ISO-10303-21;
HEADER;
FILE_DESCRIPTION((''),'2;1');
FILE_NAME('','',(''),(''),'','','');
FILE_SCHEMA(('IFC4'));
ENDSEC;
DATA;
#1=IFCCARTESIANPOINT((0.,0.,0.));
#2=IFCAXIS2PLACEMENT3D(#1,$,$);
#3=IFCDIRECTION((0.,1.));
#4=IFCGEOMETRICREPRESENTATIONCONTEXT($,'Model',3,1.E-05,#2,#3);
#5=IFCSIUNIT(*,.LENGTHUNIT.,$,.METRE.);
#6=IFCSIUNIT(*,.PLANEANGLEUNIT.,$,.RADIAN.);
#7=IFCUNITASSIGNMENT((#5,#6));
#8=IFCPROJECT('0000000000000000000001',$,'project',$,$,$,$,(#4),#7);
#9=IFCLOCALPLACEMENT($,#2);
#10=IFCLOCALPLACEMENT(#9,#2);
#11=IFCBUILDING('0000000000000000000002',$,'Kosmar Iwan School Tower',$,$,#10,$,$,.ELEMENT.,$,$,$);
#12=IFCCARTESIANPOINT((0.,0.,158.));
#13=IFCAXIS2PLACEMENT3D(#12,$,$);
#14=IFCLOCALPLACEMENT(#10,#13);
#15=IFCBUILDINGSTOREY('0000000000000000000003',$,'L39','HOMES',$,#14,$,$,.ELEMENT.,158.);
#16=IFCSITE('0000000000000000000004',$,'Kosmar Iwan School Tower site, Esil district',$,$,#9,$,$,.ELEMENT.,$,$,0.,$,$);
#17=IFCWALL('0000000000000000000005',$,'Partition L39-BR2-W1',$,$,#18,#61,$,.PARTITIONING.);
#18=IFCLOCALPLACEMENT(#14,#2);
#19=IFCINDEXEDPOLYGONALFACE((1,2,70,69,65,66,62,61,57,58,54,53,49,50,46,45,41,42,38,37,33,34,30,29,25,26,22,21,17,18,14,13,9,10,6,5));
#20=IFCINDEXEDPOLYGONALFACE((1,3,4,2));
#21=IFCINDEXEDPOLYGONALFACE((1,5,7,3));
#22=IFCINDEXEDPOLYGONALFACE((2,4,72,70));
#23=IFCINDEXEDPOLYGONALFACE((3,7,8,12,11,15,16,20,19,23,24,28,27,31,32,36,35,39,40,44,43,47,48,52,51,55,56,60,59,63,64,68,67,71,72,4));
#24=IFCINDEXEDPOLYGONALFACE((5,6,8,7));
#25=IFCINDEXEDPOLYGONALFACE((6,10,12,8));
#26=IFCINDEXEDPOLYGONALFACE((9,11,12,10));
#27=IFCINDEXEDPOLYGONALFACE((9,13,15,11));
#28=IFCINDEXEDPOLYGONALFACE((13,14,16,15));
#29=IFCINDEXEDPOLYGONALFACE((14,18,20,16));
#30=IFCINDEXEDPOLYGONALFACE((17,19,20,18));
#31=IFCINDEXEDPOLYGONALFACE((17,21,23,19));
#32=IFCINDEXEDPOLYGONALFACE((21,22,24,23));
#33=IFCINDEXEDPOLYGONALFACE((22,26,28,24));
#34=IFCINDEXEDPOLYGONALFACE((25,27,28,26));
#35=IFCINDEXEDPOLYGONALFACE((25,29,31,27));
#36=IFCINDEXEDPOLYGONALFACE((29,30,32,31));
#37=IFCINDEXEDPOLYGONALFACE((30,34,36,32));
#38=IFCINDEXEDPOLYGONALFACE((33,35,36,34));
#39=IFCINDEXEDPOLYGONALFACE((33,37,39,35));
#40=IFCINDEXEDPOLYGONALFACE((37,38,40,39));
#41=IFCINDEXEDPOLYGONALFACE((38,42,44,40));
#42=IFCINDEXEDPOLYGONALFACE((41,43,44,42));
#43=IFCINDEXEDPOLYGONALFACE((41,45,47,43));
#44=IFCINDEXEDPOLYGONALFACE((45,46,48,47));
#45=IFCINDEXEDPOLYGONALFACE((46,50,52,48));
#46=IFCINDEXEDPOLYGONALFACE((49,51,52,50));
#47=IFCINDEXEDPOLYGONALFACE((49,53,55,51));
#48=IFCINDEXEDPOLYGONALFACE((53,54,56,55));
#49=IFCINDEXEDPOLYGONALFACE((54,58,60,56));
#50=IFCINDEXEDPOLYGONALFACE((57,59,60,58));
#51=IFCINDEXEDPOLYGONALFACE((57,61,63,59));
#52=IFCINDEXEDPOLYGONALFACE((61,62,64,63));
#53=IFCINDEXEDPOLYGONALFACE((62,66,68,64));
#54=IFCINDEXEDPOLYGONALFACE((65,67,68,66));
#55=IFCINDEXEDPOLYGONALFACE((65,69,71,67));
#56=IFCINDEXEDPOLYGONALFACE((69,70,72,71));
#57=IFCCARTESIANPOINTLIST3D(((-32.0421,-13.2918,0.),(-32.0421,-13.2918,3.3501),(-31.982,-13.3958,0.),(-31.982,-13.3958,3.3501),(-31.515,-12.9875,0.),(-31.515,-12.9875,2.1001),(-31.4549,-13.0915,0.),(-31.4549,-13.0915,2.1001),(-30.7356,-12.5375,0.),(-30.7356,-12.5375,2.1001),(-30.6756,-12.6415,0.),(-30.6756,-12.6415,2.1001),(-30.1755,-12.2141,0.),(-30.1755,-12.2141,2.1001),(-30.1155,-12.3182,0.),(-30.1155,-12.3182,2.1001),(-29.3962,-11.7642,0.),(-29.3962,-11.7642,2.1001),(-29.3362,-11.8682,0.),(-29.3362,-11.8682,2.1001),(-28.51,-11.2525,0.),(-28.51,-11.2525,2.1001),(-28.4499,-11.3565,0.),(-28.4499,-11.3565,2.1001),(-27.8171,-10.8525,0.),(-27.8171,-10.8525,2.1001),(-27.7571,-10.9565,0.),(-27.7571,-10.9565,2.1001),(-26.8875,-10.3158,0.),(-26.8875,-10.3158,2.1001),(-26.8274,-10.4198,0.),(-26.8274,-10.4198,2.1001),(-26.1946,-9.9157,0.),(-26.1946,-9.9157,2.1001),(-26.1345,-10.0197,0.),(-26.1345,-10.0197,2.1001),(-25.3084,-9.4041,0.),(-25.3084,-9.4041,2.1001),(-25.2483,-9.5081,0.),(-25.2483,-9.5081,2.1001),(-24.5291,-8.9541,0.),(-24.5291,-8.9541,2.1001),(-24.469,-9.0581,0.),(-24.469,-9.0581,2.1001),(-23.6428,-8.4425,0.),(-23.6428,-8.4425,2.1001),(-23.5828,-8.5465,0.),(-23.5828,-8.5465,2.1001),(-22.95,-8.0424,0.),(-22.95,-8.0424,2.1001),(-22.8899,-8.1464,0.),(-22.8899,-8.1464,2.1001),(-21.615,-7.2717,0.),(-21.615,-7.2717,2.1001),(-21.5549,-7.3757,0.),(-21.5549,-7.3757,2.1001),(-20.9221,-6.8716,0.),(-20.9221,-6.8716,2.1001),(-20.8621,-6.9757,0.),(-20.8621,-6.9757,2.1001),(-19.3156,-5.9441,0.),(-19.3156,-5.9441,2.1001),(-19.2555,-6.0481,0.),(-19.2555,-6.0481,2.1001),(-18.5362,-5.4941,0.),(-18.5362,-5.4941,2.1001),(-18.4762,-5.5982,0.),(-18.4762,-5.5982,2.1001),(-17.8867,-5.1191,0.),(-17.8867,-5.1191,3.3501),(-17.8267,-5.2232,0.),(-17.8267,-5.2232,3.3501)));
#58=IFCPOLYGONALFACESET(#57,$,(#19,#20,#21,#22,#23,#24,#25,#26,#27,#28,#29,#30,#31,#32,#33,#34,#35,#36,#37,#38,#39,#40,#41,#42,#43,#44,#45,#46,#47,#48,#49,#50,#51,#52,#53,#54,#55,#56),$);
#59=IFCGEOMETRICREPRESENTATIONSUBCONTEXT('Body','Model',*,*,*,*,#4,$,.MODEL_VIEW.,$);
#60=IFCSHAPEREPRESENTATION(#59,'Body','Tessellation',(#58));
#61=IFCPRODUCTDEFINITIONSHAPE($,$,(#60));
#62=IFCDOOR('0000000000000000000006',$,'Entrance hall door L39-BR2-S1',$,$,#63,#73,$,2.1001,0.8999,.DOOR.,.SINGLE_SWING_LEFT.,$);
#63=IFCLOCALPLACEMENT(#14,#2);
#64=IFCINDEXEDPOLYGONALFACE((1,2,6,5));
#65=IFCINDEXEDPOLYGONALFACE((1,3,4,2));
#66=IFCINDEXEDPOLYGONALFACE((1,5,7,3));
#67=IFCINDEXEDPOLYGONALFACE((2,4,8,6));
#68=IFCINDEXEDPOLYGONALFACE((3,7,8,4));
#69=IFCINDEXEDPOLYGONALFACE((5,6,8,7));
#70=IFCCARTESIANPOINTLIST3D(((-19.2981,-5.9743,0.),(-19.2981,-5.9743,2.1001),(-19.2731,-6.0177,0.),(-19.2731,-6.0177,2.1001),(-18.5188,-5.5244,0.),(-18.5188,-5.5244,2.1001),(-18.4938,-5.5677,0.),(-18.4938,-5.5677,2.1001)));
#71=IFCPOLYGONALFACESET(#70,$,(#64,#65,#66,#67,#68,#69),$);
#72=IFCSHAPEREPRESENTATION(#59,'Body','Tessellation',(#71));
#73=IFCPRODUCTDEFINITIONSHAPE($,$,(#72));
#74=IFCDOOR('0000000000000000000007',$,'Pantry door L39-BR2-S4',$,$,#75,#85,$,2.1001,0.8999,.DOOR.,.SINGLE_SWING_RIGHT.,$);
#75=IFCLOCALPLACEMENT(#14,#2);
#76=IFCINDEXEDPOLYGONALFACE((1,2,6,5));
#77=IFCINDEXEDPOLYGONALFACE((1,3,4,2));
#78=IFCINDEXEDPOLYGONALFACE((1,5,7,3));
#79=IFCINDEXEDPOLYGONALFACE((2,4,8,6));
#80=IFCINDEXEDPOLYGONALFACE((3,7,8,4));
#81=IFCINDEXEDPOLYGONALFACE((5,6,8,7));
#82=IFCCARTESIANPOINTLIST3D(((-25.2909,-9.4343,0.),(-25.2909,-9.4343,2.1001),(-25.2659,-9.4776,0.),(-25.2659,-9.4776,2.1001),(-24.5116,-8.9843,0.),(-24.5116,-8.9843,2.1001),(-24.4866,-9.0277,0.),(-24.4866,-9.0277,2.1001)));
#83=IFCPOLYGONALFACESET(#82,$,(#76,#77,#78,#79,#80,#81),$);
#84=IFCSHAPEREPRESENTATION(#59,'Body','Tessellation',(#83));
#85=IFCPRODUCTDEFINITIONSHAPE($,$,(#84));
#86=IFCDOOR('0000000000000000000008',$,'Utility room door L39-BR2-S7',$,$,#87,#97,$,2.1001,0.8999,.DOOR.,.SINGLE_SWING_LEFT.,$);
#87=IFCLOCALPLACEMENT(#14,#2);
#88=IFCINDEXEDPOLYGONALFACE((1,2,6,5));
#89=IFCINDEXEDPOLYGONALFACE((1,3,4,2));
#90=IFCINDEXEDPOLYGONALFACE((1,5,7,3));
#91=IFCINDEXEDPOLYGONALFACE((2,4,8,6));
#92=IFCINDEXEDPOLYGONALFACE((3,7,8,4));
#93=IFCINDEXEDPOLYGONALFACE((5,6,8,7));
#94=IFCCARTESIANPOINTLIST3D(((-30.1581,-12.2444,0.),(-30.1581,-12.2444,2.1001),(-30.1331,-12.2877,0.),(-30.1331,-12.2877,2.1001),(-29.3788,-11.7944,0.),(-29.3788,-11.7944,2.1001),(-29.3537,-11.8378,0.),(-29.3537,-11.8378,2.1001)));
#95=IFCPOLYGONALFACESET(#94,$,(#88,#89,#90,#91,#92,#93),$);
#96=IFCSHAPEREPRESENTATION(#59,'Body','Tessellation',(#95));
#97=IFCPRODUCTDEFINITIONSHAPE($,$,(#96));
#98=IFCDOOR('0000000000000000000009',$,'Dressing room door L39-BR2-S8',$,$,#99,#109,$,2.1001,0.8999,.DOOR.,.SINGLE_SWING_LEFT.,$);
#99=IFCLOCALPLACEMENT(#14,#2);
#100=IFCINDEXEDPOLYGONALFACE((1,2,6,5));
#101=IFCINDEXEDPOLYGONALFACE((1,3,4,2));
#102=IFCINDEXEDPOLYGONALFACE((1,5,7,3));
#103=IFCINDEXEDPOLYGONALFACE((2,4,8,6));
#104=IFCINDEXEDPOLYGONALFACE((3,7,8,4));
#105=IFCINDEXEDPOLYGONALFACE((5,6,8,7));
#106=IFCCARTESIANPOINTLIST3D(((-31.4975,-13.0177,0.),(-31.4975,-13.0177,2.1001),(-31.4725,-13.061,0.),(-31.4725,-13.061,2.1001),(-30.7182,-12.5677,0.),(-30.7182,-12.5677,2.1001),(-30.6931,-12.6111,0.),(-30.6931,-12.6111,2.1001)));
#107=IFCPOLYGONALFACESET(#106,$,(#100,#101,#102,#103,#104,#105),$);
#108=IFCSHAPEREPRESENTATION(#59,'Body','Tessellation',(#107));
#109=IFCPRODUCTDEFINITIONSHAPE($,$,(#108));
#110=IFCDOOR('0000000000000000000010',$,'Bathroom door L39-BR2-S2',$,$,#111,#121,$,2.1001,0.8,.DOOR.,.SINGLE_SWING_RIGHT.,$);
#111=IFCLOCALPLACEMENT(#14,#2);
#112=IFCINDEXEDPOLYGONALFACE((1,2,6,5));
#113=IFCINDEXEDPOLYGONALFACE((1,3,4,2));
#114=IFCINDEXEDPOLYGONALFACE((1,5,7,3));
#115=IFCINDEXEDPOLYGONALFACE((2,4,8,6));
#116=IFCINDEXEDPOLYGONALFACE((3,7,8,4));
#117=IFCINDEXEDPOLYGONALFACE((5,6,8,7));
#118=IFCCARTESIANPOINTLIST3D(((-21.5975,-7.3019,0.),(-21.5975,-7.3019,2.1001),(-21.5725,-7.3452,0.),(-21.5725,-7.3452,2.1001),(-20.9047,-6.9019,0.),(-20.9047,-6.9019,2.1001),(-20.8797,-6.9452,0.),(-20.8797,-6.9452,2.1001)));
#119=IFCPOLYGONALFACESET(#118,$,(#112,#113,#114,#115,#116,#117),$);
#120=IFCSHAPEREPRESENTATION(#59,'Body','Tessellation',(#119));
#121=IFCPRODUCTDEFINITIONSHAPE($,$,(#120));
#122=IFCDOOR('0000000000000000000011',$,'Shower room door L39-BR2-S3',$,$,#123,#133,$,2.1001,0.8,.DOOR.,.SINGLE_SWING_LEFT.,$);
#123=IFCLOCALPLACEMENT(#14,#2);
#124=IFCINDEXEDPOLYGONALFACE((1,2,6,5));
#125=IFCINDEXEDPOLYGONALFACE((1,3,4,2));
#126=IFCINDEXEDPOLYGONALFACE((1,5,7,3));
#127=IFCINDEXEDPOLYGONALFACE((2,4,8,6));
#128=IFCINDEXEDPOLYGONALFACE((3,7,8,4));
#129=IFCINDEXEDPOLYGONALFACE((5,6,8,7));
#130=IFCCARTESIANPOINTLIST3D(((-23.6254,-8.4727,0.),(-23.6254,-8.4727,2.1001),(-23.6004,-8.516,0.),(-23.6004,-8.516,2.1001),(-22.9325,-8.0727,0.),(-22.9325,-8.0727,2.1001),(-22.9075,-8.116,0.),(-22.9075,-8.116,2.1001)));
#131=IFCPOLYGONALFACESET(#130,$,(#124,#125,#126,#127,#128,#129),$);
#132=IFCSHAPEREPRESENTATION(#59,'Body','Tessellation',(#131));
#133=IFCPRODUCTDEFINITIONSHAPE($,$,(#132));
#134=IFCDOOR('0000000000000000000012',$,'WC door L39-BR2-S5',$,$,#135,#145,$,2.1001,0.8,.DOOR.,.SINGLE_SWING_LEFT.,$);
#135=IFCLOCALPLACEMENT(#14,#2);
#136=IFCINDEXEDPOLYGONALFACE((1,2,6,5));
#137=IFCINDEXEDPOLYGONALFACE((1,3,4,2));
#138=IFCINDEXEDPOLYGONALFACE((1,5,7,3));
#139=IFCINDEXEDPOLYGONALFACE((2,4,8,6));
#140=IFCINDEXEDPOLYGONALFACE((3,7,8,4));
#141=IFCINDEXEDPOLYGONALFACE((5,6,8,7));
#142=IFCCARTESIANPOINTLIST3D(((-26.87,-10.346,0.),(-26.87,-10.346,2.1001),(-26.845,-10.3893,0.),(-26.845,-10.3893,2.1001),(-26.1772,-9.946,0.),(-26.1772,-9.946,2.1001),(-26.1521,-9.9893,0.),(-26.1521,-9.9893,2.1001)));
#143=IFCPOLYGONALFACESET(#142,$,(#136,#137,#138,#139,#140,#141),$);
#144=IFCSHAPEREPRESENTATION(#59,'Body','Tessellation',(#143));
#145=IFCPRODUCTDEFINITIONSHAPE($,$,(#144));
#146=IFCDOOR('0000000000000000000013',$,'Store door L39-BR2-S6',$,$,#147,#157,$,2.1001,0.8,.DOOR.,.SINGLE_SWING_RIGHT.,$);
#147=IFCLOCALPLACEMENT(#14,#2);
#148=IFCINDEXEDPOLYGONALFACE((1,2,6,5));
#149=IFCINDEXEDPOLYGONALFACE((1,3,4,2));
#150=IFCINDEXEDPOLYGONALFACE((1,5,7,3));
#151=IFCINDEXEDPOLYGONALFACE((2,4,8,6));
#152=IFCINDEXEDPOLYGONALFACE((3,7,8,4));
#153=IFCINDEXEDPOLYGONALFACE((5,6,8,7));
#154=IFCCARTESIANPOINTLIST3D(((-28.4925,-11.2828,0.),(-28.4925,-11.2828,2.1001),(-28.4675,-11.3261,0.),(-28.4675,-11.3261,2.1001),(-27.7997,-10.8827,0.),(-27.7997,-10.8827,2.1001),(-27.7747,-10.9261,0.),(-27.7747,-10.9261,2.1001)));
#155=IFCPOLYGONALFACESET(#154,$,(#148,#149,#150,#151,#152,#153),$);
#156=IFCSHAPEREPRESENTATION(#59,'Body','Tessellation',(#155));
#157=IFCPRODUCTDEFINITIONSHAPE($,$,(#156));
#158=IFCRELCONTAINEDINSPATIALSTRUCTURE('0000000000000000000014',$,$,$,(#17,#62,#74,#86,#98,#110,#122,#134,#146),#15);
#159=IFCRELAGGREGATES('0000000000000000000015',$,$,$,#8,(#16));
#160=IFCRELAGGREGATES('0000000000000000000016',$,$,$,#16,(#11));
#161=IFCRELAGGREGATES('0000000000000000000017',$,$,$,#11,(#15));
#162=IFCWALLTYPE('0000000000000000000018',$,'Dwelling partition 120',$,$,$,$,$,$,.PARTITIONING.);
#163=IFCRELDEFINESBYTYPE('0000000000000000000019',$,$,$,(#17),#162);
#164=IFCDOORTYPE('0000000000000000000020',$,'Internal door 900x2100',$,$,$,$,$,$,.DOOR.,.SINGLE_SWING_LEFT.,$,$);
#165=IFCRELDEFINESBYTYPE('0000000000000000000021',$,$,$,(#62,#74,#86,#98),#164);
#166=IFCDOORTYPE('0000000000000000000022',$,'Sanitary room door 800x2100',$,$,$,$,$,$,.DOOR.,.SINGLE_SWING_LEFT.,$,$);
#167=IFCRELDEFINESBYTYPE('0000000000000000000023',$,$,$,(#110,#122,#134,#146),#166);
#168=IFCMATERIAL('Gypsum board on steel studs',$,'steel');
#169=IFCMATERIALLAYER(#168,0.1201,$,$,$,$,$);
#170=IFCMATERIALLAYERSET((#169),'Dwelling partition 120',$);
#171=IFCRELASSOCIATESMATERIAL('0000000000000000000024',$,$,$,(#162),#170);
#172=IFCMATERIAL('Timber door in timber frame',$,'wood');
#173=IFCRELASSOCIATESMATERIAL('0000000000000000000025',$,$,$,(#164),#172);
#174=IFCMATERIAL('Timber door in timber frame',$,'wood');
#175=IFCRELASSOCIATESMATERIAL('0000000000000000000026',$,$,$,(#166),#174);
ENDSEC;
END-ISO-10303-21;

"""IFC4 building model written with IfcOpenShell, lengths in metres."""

from ifc_helpers import new_model, si_unit, direction, frame, frame_2d, origin, place, context, subcontext, project, spatial, rectangle, extrude, material, layer, layer_set, type_object, element, fill, save


model = new_model("IFC4")

# Units and contexts
model_context = context("Model", 3, precision=1e-05, world=origin(), true_north=direction((0.0, 1.0)))
body_context = subcontext(model_context, "Body", "Model", "MODEL_VIEW")
ifc_project = project(units=[si_unit("LENGTHUNIT", "METRE"), si_unit("PLANEANGLEUNIT", "RADIAN")], contexts=[model_context])

# Site, building, storey
site_placement = place(None, origin())
site = spatial("IfcSite", under=ifc_project, at=site_placement, Name="Kosmar Iwan School Tower site, Esil district", CompositionType="ELEMENT", RefElevation=0.0)
building_placement = place(site_placement, origin())
building = spatial("IfcBuilding", under=site, at=building_placement, Name="Kosmar Iwan School Tower", CompositionType="ELEMENT")
storey_placement = place(building_placement, frame((0.0, 0.0, 158.0)))
storey = spatial("IfcBuildingStorey", under=building, at=storey_placement, Name="L39", Description="HOMES", CompositionType="ELEMENT", Elevation=158.0)

# Shared definitions
ifc_material_1 = material(Name="Gypsum board on steel studs", Category="steel")
ifc_layer = layer(ifc_material_1, 0.1201)
ifc_layer_set = layer_set([ifc_layer], Name="Dwelling partition 120")
wall_type = type_object("IfcWallType", Name="Dwelling partition 120", PredefinedType="PARTITIONING", material=ifc_layer_set)

# Wall, openings, doors
wall_1_placement = place(storey_placement, frame((-17.8567, -5.1711, 0.0), z_axis=(0.0, 0.0, 1.0), x_axis=(-0.866024, -0.500003, 0.0)))
wall_1 = element("IfcWall", 1, at=wall_1_placement, inside=storey, type_object=wall_type, Name="Partition L39-BR2-W1", PredefinedType="PARTITIONING", context=body_context, shape_type="SweptSolid", body=[
    extrude(rectangle(XDim=16.3452, YDim=0.1201, at=frame_2d((8.1726, 0.0))), origin(), (0.0, 0.0, 1.0), 3.3501),
])
opening_1_placement = place(wall_1_placement, frame((0.75, 0.0, 0.0)))
opening_1 = element("IfcOpeningElement", 2, at=opening_1_placement, cuts=wall_1, PredefinedType="OPENING", context=body_context, shape_type="SweptSolid", body=[
    extrude(rectangle(XDim=0.8999, YDim=2.1001, at=frame_2d((0.45, 1.05))), frame((0.0, 0.072, 0.0), z_axis=(0.0, -1.0, 0.0), x_axis=(1.0, 0.0, 0.0)), (0.0, 0.0, 1.0), 0.144),
])
opening_2_placement = place(wall_1_placement, frame((3.5051, 0.0, 0.0)))
opening_2 = element("IfcOpeningElement", 3, at=opening_2_placement, cuts=wall_1, PredefinedType="OPENING", context=body_context, shape_type="SweptSolid", body=[
    extrude(rectangle(XDim=0.8, YDim=2.1001, at=frame_2d((0.3999, 1.05))), frame((0.0, 0.072, 0.0), z_axis=(0.0, -1.0, 0.0), x_axis=(1.0, 0.0, 0.0)), (0.0, 0.0, 1.0), 0.144),
])
opening_3_placement = place(wall_1_placement, frame((5.8467, 0.0, 0.0)))
opening_3 = element("IfcOpeningElement", 4, at=opening_3_placement, cuts=wall_1, PredefinedType="OPENING", context=body_context, shape_type="SweptSolid", body=[
    extrude(rectangle(XDim=0.8, YDim=2.1001, at=frame_2d((0.3999, 1.05))), frame((0.0, 0.072, 0.0), z_axis=(0.0, -1.0, 0.0), x_axis=(1.0, 0.0, 0.0)), (0.0, 0.0, 1.0), 0.144),
])
opening_4_placement = place(wall_1_placement, frame((7.6699, 0.0, 0.0)))
opening_4 = element("IfcOpeningElement", 5, at=opening_4_placement, cuts=wall_1, PredefinedType="OPENING", context=body_context, shape_type="SweptSolid", body=[
    extrude(rectangle(XDim=0.8999, YDim=2.1001, at=frame_2d((0.45, 1.05))), frame((0.0, 0.072, 0.0), z_axis=(0.0, -1.0, 0.0), x_axis=(1.0, 0.0, 0.0)), (0.0, 0.0, 1.0), 0.144),
])
opening_5_placement = place(wall_1_placement, frame((9.5933, 0.0, 0.0)))
opening_5 = element("IfcOpeningElement", 6, at=opening_5_placement, cuts=wall_1, PredefinedType="OPENING", context=body_context, shape_type="SweptSolid", body=[
    extrude(rectangle(XDim=0.8, YDim=2.1001, at=frame_2d((0.3999, 1.05))), frame((0.0, 0.072, 0.0), z_axis=(0.0, -1.0, 0.0), x_axis=(1.0, 0.0, 0.0)), (0.0, 0.0, 1.0), 0.144),
])
opening_6_placement = place(wall_1_placement, frame((11.4668, 0.0, 0.0)))
opening_6 = element("IfcOpeningElement", 7, at=opening_6_placement, cuts=wall_1, PredefinedType="OPENING", context=body_context, shape_type="SweptSolid", body=[
    extrude(rectangle(XDim=0.8, YDim=2.1001, at=frame_2d((0.3999, 1.05))), frame((0.0, 0.072, 0.0), z_axis=(0.0, -1.0, 0.0), x_axis=(1.0, 0.0, 0.0)), (0.0, 0.0, 1.0), 0.144),
])
opening_7_placement = place(wall_1_placement, frame((13.29, 0.0, 0.0)))
opening_7 = element("IfcOpeningElement", 8, at=opening_7_placement, cuts=wall_1, PredefinedType="OPENING", context=body_context, shape_type="SweptSolid", body=[
    extrude(rectangle(XDim=0.8999, YDim=2.1001, at=frame_2d((0.45, 1.05))), frame((0.0, 0.072, 0.0), z_axis=(0.0, -1.0, 0.0), x_axis=(1.0, 0.0, 0.0)), (0.0, 0.0, 1.0), 0.144),
])
opening_8_placement = place(wall_1_placement, frame((14.8367, 0.0, 0.0)))
opening_8 = element("IfcOpeningElement", 9, at=opening_8_placement, cuts=wall_1, PredefinedType="OPENING", context=body_context, shape_type="SweptSolid", body=[
    extrude(rectangle(XDim=0.8999, YDim=2.1001, at=frame_2d((0.45, 1.05))), frame((0.0, 0.072, 0.0), z_axis=(0.0, -1.0, 0.0), x_axis=(1.0, 0.0, 0.0)), (0.0, 0.0, 1.0), 0.144),
])
ifc_material_2 = material(Name="Timber door in timber frame", Category="wood")
door_type_1 = type_object("IfcDoorType", Name="Internal door 900x2100", OperationType="SINGLE_SWING_LEFT", PredefinedType="DOOR", material=ifc_material_2)
door_1_placement = place(opening_1_placement, origin())
door_1 = element("IfcDoor", 10, at=door_1_placement, inside=storey, type_object=door_type_1, Name="Entrance hall door L39-BR2-S1", OperationType="SINGLE_SWING_LEFT", OverallHeight=2.1001, OverallWidth=0.8999, PredefinedType="DOOR", context=body_context, shape_type="SweptSolid", body=[
    extrude(rectangle(XDim=0.8999, YDim=2.1001, at=frame_2d((0.45, 1.05))), frame((0.0, 0.0249, 0.0), z_axis=(0.0, -1.0, 0.0), x_axis=(1.0, 0.0, 0.0)), (0.0, 0.0, 1.0), 0.05),
])
fill(opening_1, door_1)
door_2_placement = place(opening_4_placement, origin())
door_2 = element("IfcDoor", 11, at=door_2_placement, inside=storey, type_object=door_type_1, Name="Pantry door L39-BR2-S4", OperationType="SINGLE_SWING_RIGHT", OverallHeight=2.1001, OverallWidth=0.8999, PredefinedType="DOOR", context=body_context, shape_type="SweptSolid", body=[
    extrude(rectangle(XDim=0.8999, YDim=2.1001, at=frame_2d((0.45, 1.05))), frame((0.0, 0.0249, 0.0), z_axis=(0.0, -1.0, 0.0), x_axis=(1.0, 0.0, 0.0)), (0.0, 0.0, 1.0), 0.05),
])
fill(opening_4, door_2)
door_3_placement = place(opening_7_placement, origin())
door_3 = element("IfcDoor", 12, at=door_3_placement, inside=storey, type_object=door_type_1, Name="Utility room door L39-BR2-S7", OperationType="SINGLE_SWING_LEFT", OverallHeight=2.1001, OverallWidth=0.8999, PredefinedType="DOOR", context=body_context, shape_type="SweptSolid", body=[
    extrude(rectangle(XDim=0.8999, YDim=2.1001, at=frame_2d((0.45, 1.05))), frame((0.0, 0.0249, 0.0), z_axis=(0.0, -1.0, 0.0), x_axis=(1.0, 0.0, 0.0)), (0.0, 0.0, 1.0), 0.05),
])
fill(opening_7, door_3)
door_4_placement = place(opening_8_placement, origin())
door_4 = element("IfcDoor", 13, at=door_4_placement, inside=storey, type_object=door_type_1, Name="Dressing room door L39-BR2-S8", OperationType="SINGLE_SWING_LEFT", OverallHeight=2.1001, OverallWidth=0.8999, PredefinedType="DOOR", context=body_context, shape_type="SweptSolid", body=[
    extrude(rectangle(XDim=0.8999, YDim=2.1001, at=frame_2d((0.45, 1.05))), frame((0.0, 0.0249, 0.0), z_axis=(0.0, -1.0, 0.0), x_axis=(1.0, 0.0, 0.0)), (0.0, 0.0, 1.0), 0.05),
])
fill(opening_8, door_4)
ifc_material_3 = material(Name="Timber door in timber frame", Category="wood")
door_type_2 = type_object("IfcDoorType", Name="Sanitary room door 800x2100", OperationType="SINGLE_SWING_LEFT", PredefinedType="DOOR", material=ifc_material_3)
door_5_placement = place(opening_2_placement, origin())
door_5 = element("IfcDoor", 14, at=door_5_placement, inside=storey, type_object=door_type_2, Name="Bathroom door L39-BR2-S2", OperationType="SINGLE_SWING_RIGHT", OverallHeight=2.1001, OverallWidth=0.8, PredefinedType="DOOR", context=body_context, shape_type="SweptSolid", body=[
    extrude(rectangle(XDim=0.8, YDim=2.1001, at=frame_2d((0.3999, 1.05))), frame((0.0, 0.0249, 0.0), z_axis=(0.0, -1.0, 0.0), x_axis=(1.0, 0.0, 0.0)), (0.0, 0.0, 1.0), 0.05),
])
fill(opening_2, door_5)
door_6_placement = place(opening_3_placement, origin())
door_6 = element("IfcDoor", 15, at=door_6_placement, inside=storey, type_object=door_type_2, Name="Shower room door L39-BR2-S3", OperationType="SINGLE_SWING_LEFT", OverallHeight=2.1001, OverallWidth=0.8, PredefinedType="DOOR", context=body_context, shape_type="SweptSolid", body=[
    extrude(rectangle(XDim=0.8, YDim=2.1001, at=frame_2d((0.3999, 1.05))), frame((0.0, 0.0249, 0.0), z_axis=(0.0, -1.0, 0.0), x_axis=(1.0, 0.0, 0.0)), (0.0, 0.0, 1.0), 0.05),
])
fill(opening_3, door_6)
door_7_placement = place(opening_5_placement, origin())
door_7 = element("IfcDoor", 16, at=door_7_placement, inside=storey, type_object=door_type_2, Name="WC door L39-BR2-S5", OperationType="SINGLE_SWING_LEFT", OverallHeight=2.1001, OverallWidth=0.8, PredefinedType="DOOR", context=body_context, shape_type="SweptSolid", body=[
    extrude(rectangle(XDim=0.8, YDim=2.1001, at=frame_2d((0.3999, 1.05))), frame((0.0, 0.0249, 0.0), z_axis=(0.0, -1.0, 0.0), x_axis=(1.0, 0.0, 0.0)), (0.0, 0.0, 1.0), 0.05),
])
fill(opening_5, door_7)
door_8_placement = place(opening_6_placement, origin())
door_8 = element("IfcDoor", 17, at=door_8_placement, inside=storey, type_object=door_type_2, Name="Store door L39-BR2-S6", OperationType="SINGLE_SWING_RIGHT", OverallHeight=2.1001, OverallWidth=0.8, PredefinedType="DOOR", context=body_context, shape_type="SweptSolid", body=[
    extrude(rectangle(XDim=0.8, YDim=2.1001, at=frame_2d((0.3999, 1.05))), frame((0.0, 0.0249, 0.0), z_axis=(0.0, -1.0, 0.0), x_axis=(1.0, 0.0, 0.0)), (0.0, 0.0, 1.0), 0.05),
])
fill(opening_6, door_8)

save(model, "model.ifc")
